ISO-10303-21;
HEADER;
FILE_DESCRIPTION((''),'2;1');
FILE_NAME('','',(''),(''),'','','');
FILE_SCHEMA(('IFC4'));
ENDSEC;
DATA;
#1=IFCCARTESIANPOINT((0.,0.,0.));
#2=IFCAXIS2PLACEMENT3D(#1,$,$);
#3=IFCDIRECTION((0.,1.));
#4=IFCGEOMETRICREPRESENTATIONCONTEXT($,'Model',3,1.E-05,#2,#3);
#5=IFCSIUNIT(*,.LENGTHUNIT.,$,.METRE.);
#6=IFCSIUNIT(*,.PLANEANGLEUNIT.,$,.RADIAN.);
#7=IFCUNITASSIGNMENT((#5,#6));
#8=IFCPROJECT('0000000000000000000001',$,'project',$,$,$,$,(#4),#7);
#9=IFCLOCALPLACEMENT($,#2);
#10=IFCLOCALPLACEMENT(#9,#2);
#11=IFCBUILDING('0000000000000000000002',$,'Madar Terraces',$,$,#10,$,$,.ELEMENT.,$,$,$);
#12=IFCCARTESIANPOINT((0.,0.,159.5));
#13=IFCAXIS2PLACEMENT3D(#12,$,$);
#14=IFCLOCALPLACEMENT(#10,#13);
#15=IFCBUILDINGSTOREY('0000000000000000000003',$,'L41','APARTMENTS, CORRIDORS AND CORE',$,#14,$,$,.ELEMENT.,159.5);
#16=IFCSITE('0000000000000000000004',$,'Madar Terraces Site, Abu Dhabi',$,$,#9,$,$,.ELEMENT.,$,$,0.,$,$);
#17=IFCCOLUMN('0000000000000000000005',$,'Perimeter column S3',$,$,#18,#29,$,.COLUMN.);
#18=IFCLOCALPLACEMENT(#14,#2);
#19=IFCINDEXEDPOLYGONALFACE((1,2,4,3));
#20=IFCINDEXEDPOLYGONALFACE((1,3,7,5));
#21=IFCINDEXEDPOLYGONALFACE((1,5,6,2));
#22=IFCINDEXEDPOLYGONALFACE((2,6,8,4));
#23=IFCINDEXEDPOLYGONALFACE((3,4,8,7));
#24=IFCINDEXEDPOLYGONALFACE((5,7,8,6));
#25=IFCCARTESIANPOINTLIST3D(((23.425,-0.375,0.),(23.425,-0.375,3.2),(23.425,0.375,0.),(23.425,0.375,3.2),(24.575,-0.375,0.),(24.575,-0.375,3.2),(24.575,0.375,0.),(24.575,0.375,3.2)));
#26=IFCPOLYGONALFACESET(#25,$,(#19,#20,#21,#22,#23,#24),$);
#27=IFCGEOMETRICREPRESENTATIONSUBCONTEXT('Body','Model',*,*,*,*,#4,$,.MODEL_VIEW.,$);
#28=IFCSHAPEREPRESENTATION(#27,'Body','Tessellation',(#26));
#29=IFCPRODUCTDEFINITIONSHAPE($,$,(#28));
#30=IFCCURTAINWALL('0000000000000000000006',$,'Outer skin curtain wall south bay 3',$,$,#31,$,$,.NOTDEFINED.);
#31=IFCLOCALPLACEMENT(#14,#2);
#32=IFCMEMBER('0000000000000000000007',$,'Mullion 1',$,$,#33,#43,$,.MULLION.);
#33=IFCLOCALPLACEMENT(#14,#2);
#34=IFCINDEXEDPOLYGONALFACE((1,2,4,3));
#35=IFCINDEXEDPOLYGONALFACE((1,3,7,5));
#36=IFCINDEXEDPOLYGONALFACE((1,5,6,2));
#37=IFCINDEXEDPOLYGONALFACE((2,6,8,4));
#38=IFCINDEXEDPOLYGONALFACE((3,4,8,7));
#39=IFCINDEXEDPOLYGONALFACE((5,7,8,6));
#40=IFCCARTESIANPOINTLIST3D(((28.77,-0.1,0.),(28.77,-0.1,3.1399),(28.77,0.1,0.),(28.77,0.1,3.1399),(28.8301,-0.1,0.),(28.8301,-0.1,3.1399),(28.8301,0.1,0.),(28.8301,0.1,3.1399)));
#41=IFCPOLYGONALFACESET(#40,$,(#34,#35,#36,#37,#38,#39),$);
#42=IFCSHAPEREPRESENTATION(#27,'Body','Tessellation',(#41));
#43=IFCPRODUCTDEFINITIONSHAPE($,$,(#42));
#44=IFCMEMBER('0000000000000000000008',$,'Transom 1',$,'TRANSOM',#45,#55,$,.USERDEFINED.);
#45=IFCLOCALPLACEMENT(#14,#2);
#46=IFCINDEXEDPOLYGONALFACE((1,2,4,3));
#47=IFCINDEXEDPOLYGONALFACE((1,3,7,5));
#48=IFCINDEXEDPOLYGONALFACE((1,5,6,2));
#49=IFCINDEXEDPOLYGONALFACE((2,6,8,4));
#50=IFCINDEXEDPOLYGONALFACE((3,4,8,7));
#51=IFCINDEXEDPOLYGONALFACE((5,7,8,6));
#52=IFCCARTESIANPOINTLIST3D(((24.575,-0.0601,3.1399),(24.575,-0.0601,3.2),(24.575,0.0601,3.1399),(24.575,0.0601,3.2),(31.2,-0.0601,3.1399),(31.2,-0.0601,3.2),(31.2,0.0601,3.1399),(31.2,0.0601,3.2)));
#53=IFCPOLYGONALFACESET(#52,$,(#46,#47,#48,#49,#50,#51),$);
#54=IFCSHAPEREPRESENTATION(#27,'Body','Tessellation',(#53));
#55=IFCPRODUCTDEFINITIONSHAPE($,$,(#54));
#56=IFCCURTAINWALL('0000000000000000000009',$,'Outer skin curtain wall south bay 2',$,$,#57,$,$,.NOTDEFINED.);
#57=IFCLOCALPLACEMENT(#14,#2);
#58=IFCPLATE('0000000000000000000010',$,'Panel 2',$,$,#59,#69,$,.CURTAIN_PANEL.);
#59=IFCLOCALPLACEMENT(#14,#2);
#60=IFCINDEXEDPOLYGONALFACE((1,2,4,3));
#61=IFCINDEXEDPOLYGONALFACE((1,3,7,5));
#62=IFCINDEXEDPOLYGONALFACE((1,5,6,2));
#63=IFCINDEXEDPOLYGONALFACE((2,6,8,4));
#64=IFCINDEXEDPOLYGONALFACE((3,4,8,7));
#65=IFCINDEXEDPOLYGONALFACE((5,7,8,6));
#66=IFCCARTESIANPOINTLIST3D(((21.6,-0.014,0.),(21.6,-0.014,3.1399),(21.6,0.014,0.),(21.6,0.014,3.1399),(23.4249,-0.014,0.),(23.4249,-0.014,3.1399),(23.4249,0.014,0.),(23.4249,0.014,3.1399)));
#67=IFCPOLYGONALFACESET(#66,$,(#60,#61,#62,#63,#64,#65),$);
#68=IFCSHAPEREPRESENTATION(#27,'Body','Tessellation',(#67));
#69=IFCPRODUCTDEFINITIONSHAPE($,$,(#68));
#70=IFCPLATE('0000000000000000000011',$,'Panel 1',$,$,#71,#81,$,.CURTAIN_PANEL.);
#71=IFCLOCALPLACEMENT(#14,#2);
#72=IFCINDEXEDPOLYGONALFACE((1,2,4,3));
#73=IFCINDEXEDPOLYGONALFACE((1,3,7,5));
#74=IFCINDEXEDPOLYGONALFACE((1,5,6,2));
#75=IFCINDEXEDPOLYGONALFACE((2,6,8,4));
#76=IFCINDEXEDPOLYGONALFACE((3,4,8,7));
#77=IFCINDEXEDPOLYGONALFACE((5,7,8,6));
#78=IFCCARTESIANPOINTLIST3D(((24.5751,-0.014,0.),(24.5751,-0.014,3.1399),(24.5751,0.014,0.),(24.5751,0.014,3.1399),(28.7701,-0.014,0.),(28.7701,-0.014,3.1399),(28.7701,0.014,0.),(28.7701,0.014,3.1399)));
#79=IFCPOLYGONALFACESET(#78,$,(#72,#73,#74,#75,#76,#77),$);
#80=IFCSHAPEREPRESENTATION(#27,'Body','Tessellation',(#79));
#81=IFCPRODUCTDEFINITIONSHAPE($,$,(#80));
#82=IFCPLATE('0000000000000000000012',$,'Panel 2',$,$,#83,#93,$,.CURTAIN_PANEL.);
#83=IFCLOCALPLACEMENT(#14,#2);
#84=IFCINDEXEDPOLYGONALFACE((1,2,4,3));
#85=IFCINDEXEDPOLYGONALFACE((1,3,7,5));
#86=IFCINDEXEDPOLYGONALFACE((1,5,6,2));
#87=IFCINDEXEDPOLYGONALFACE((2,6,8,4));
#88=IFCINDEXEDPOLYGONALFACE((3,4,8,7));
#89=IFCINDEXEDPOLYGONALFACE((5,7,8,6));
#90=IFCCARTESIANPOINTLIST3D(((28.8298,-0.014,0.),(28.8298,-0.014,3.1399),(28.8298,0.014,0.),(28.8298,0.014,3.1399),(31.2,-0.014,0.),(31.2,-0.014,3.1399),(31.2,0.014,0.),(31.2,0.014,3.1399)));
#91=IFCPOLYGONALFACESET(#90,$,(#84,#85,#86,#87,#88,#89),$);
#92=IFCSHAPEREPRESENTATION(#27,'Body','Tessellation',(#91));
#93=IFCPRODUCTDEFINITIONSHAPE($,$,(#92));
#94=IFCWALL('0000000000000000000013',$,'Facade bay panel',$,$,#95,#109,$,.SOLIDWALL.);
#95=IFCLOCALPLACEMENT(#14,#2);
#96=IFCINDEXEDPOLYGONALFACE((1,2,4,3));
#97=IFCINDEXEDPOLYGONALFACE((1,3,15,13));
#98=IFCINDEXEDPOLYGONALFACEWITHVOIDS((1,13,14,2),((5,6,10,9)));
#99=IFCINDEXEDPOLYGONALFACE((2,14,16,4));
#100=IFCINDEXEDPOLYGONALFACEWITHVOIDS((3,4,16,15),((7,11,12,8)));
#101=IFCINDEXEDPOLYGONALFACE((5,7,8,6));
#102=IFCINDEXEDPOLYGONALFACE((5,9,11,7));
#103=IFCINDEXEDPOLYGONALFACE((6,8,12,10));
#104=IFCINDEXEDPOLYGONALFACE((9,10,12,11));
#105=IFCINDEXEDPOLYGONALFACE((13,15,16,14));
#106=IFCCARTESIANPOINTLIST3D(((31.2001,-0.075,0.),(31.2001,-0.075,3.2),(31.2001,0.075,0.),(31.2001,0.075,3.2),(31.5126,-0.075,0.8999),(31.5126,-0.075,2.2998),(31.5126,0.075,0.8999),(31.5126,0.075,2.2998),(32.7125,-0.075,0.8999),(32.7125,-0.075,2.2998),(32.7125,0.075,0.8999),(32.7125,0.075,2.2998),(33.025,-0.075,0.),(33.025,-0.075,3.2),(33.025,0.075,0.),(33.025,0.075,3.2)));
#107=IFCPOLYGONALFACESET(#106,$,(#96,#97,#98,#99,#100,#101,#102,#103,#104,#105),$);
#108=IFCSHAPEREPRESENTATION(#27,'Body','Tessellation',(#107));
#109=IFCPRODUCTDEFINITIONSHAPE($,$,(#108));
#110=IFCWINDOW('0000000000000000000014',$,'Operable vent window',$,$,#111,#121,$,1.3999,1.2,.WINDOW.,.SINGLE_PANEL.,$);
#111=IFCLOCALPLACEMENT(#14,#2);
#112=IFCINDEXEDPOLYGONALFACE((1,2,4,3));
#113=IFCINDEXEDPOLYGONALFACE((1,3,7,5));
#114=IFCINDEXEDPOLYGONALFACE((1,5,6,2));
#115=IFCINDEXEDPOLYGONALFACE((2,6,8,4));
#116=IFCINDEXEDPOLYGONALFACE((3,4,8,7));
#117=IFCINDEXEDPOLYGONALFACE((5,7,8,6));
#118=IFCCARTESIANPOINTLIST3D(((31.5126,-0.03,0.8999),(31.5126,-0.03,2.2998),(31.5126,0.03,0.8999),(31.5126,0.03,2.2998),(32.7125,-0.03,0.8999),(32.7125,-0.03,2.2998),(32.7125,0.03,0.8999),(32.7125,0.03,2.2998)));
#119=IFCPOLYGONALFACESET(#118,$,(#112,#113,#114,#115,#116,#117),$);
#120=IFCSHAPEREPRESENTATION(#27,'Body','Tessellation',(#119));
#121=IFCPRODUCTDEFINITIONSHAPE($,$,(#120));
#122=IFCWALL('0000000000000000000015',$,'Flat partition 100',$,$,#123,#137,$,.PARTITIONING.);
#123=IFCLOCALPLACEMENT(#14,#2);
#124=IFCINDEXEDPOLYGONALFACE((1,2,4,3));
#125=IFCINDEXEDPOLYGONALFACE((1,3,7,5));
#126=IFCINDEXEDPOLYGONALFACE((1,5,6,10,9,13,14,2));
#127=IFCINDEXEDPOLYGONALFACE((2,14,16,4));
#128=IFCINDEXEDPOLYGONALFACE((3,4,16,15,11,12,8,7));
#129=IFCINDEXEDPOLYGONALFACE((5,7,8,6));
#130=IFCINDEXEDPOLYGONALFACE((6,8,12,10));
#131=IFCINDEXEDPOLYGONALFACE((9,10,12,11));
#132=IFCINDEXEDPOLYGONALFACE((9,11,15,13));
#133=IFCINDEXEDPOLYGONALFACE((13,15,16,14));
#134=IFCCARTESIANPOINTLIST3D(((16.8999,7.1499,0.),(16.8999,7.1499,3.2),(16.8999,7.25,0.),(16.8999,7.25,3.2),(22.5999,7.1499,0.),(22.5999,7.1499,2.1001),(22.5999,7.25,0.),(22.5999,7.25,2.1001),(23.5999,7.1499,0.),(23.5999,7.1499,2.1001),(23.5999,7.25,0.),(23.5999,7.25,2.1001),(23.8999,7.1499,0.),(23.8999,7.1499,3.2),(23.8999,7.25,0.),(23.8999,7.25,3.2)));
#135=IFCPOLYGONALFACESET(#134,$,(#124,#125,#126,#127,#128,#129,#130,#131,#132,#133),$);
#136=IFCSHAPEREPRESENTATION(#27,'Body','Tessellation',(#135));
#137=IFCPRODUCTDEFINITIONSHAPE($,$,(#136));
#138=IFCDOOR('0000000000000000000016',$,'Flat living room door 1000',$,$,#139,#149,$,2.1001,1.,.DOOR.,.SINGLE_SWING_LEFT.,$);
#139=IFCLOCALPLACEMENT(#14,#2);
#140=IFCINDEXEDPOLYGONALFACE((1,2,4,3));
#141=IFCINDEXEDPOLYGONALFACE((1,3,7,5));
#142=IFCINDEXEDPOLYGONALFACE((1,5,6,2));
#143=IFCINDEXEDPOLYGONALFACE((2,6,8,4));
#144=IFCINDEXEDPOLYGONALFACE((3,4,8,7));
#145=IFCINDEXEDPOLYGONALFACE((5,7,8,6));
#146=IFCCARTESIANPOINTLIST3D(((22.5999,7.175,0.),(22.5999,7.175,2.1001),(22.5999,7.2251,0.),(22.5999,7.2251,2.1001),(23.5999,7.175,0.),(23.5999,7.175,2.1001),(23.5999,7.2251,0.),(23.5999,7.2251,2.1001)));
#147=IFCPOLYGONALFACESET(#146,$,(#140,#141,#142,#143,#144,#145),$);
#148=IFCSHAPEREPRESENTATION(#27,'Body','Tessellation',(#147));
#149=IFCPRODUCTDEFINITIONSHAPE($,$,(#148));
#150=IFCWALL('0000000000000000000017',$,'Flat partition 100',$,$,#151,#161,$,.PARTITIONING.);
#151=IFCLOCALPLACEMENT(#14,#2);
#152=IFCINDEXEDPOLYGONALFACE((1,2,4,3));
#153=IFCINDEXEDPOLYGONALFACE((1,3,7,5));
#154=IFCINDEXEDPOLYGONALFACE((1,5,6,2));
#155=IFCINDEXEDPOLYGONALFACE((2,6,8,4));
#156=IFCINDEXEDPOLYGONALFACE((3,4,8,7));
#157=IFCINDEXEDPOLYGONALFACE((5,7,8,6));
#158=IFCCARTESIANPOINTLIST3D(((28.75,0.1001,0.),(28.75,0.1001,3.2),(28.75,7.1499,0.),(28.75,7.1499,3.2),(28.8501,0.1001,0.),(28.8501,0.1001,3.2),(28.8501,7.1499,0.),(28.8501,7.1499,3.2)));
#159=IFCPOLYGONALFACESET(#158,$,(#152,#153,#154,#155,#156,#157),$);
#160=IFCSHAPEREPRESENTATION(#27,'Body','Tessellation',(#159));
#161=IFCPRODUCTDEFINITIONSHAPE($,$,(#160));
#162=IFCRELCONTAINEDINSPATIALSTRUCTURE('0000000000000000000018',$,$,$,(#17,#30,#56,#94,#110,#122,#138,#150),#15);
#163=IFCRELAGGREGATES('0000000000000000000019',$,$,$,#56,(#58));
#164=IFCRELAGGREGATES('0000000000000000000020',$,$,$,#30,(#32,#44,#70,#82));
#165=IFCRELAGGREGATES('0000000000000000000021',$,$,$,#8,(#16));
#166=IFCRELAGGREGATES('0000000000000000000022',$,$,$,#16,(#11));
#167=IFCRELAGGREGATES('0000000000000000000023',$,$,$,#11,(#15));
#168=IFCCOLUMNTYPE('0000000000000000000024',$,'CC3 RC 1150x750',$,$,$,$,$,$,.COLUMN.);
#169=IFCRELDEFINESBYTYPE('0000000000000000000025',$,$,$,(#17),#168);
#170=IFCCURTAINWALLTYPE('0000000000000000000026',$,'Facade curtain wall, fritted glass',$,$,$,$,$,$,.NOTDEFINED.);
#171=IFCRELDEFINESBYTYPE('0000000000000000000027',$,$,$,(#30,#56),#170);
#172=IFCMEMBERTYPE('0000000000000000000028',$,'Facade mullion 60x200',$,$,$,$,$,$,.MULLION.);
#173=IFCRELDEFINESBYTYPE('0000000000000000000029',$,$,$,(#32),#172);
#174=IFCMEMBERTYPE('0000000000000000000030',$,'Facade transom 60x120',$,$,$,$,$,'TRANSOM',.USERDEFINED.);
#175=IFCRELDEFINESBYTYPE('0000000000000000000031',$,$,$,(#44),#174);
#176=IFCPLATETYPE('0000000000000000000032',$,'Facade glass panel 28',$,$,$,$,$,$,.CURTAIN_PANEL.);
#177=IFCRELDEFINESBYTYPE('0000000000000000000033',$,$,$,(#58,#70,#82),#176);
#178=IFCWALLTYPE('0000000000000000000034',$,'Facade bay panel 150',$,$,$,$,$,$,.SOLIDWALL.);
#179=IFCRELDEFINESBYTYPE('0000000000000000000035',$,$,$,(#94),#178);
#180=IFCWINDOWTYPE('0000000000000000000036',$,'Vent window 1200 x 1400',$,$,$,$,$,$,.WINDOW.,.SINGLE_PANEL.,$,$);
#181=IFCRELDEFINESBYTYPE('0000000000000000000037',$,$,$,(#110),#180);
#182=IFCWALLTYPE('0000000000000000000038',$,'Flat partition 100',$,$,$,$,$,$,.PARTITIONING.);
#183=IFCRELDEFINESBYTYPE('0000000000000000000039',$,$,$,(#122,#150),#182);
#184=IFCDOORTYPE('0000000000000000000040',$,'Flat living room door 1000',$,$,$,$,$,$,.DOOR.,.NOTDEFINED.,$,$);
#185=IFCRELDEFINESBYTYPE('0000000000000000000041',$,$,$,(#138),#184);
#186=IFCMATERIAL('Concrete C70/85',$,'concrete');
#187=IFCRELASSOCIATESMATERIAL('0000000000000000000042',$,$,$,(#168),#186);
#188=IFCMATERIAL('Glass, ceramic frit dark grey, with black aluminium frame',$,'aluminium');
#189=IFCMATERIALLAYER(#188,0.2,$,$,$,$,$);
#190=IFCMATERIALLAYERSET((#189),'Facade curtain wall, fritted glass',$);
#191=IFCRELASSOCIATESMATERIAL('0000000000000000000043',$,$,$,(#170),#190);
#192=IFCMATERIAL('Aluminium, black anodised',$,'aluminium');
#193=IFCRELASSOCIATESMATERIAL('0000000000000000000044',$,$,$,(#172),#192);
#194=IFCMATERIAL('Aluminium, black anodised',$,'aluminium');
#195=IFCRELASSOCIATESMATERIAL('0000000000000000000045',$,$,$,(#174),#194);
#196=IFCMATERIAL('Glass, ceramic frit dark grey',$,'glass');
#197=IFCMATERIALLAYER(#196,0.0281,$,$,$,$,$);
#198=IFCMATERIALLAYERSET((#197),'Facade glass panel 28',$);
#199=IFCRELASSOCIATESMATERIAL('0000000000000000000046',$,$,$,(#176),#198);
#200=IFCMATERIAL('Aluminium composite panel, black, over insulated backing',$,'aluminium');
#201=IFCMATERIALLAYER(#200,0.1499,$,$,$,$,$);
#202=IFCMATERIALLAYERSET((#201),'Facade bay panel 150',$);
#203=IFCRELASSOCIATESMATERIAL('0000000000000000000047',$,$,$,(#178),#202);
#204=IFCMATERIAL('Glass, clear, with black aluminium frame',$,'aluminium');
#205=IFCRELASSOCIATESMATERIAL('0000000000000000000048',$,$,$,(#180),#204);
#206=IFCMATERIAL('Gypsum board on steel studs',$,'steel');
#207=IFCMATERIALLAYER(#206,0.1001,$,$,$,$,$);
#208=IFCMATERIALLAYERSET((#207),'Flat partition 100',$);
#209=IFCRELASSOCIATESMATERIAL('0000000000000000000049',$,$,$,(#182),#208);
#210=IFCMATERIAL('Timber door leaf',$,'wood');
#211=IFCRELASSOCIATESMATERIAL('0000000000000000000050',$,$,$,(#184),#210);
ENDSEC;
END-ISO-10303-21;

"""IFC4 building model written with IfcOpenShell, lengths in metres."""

from ifc_helpers import new_model, si_unit, direction, frame, frame_2d, origin, origin_2d, place, context, subcontext, project, spatial, rectangle, extrude, material, layer, layer_set, material_profile, profile_set, type_object, element, fill, aggregate, save


model = new_model("IFC4")

# Units and contexts
model_context = context("Model", 3, precision=1e-05, world=origin(), true_north=direction((0.0, 1.0)))
body_context = subcontext(model_context, "Body", "Model", "MODEL_VIEW")
ifc_project = project(units=[si_unit("LENGTHUNIT", "METRE"), si_unit("PLANEANGLEUNIT", "RADIAN")], contexts=[model_context])

# Site, building, storey
site_placement = place(None, origin())
site = spatial("IfcSite", under=ifc_project, at=site_placement, Name="Madar Terraces Site, Abu Dhabi", CompositionType="ELEMENT", RefElevation=0.0)
building_placement = place(site_placement, origin())
building = spatial("IfcBuilding", under=site, at=building_placement, Name="Madar Terraces", CompositionType="ELEMENT")
storey_placement = place(building_placement, frame((0.0, 0.0, 159.5)))
storey = spatial("IfcBuildingStorey", under=building, at=storey_placement, Name="L41", Description="APARTMENTS, CORRIDORS AND CORE", CompositionType="ELEMENT", Elevation=159.5)

# Column
ifc_material_1 = material(Name="Concrete C70/85", Category="concrete")
ifc_material_profile_1 = material_profile(ifc_material_1, rectangle(XDim=1.1499, YDim=0.75, at=origin_2d()), Name="CC3 RC 1150x750")
ifc_profile_set_1 = profile_set([ifc_material_profile_1], Name="Concrete C70/85")
column_type = type_object("IfcColumnType", Name="CC3 RC 1150x750", PredefinedType="COLUMN", material=ifc_profile_set_1)
column_placement = place(storey_placement, frame((24.0, 0.0, 0.0), z_axis=(0.0, 0.0, 1.0), x_axis=(1.0, 0.0, 0.0)))
element("IfcColumn", 1, at=column_placement, inside=storey, type_object=column_type, Name="Perimeter column S3", PredefinedType="COLUMN", context=body_context, shape_type="SweptSolid", body=[
    extrude(rectangle(XDim=1.1499, YDim=0.75, at=origin_2d()), origin(), (0.0, 0.0, 1.0), 3.2),
])

# Curtain wall, members
ifc_material_2 = material(Name="Glass, ceramic frit dark grey, with black aluminium frame", Category="aluminium")
ifc_layer_1 = layer(ifc_material_2, 0.2)
ifc_layer_set_1 = layer_set([ifc_layer_1], Name="Facade curtain wall, fritted glass")
curtain_wall_type = type_object("IfcCurtainWallType", Name="Facade curtain wall, fritted glass", PredefinedType="NOTDEFINED", material=ifc_layer_set_1)
curtain_wall_1_placement = place(storey_placement, origin())
curtain_wall_1 = element("IfcCurtainWall", 2, at=curtain_wall_1_placement, inside=storey, type_object=curtain_wall_type, Name="Outer skin curtain wall south bay 3", PredefinedType="NOTDEFINED")
ifc_material_3 = material(Name="Aluminium, black anodised", Category="aluminium")
ifc_material_profile_2 = material_profile(ifc_material_3, rectangle(XDim=0.2, YDim=0.0601, at=origin_2d()), Name="Facade mullion 60x200")
ifc_profile_set_2 = profile_set([ifc_material_profile_2], Name="Aluminium, black anodised")
member_type_1 = type_object("IfcMemberType", Name="Facade mullion 60x200", PredefinedType="MULLION", material=ifc_profile_set_2)
member_1_placement = place(storey_placement, frame((28.8, 0.0, 0.0), z_axis=(0.0, 0.0, 1.0), x_axis=(0.0, 1.0, 0.0)))
member_1 = element("IfcMember", 3, at=member_1_placement, type_object=member_type_1, Name="Mullion 1", PredefinedType="MULLION", context=body_context, shape_type="SweptSolid", body=[
    extrude(rectangle(XDim=0.2, YDim=0.0601, at=origin_2d()), origin(), (0.0, 0.0, 1.0), 3.1399),
])
ifc_material_4 = material(Name="Aluminium, black anodised", Category="aluminium")
ifc_material_profile_3 = material_profile(ifc_material_4, rectangle(XDim=0.1201, YDim=0.0601, at=origin_2d()), Name="Facade transom 60x120")
ifc_profile_set_3 = profile_set([ifc_material_profile_3], Name="Aluminium, black anodised")
member_type_2 = type_object("IfcMemberType", Name="Facade transom 60x120", ElementType="TRANSOM", PredefinedType="USERDEFINED", material=ifc_profile_set_3)
member_2_placement = place(storey_placement, frame((24.575, 0.0, 3.1699), z_axis=(1.0, 0.0, 0.0), x_axis=(0.0, 1.0, 0.0)))
member_2 = element("IfcMember", 4, at=member_2_placement, type_object=member_type_2, Name="Transom 1", ObjectType="TRANSOM", PredefinedType="USERDEFINED", context=body_context, shape_type="SweptSolid", body=[
    extrude(rectangle(XDim=0.1201, YDim=0.0601, at=origin_2d()), origin(), (0.0, 0.0, 1.0), 6.625),
])

# Curtain wall, plate
curtain_wall_2_placement = place(storey_placement, origin())
curtain_wall_2 = element("IfcCurtainWall", 5, at=curtain_wall_2_placement, inside=storey, type_object=curtain_wall_type, Name="Outer skin curtain wall south bay 2", PredefinedType="NOTDEFINED")
ifc_material_5 = material(Name="Glass, ceramic frit dark grey", Category="glass")
ifc_layer_2 = layer(ifc_material_5, 0.0281)
ifc_layer_set_2 = layer_set([ifc_layer_2], Name="Facade glass panel 28")
plate_type = type_object("IfcPlateType", Name="Facade glass panel 28", PredefinedType="CURTAIN_PANEL", material=ifc_layer_set_2)
plate_1_placement = place(storey_placement, frame((22.5125, 0.0, 0.0), z_axis=(0.0, 0.0, 1.0), x_axis=(1.0, 0.0, 0.0)))
plate_1 = element("IfcPlate", 6, at=plate_1_placement, type_object=plate_type, Name="Panel 2", PredefinedType="CURTAIN_PANEL", context=body_context, shape_type="SweptSolid", body=[
    extrude(rectangle(XDim=1.825, YDim=0.0281, at=origin_2d()), origin(), (0.0, 0.0, 1.0), 3.1399),
])
aggregate(curtain_wall_2, [plate_1])

# Plates
plate_2_placement = place(storey_placement, frame((26.6726, 0.0, 0.0), z_axis=(0.0, 0.0, 1.0), x_axis=(1.0, 0.0, 0.0)))
plate_2 = element("IfcPlate", 7, at=plate_2_placement, type_object=plate_type, Name="Panel 1", PredefinedType="CURTAIN_PANEL", context=body_context, shape_type="SweptSolid", body=[
    extrude(rectangle(XDim=4.1951, YDim=0.0281, at=origin_2d()), origin(), (0.0, 0.0, 1.0), 3.1399),
])
plate_3_placement = place(storey_placement, frame((30.0149, 0.0, 0.0), z_axis=(0.0, 0.0, 1.0), x_axis=(1.0, 0.0, 0.0)))
plate_3 = element("IfcPlate", 8, at=plate_3_placement, type_object=plate_type, Name="Panel 2", PredefinedType="CURTAIN_PANEL", context=body_context, shape_type="SweptSolid", body=[
    extrude(rectangle(XDim=2.3701, YDim=0.0281, at=origin_2d()), origin(), (0.0, 0.0, 1.0), 3.1399),
])
aggregate(curtain_wall_1, [member_1, member_2, plate_2, plate_3])

# Wall, opening, window
ifc_material_6 = material(Name="Aluminium composite panel, black, over insulated backing", Category="aluminium")
ifc_layer_3 = layer(ifc_material_6, 0.1499)
ifc_layer_set_3 = layer_set([ifc_layer_3], Name="Facade bay panel 150")
wall_type_1 = type_object("IfcWallType", Name="Facade bay panel 150", PredefinedType="SOLIDWALL", material=ifc_layer_set_3)
wall_1_placement = place(storey_placement, frame((31.2, 0.0, 0.0), z_axis=(0.0, 0.0, 1.0), x_axis=(1.0, 0.0, 0.0)))
wall_1 = element("IfcWall", 9, at=wall_1_placement, inside=storey, type_object=wall_type_1, Name="Facade bay panel", PredefinedType="SOLIDWALL", context=body_context, shape_type="SweptSolid", body=[
    extrude(rectangle(XDim=1.825, YDim=0.1499, at=frame_2d((0.9126, 0.0))), origin(), (0.0, 0.0, 1.0), 3.2),
])
opening_1_placement = place(wall_1_placement, frame((0.3125, 0.0, 0.8999)))
opening_1 = element("IfcOpeningElement", 10, at=opening_1_placement, cuts=wall_1, PredefinedType="OPENING", context=body_context, shape_type="SweptSolid", body=[
    extrude(rectangle(XDim=1.2, YDim=1.3999, at=frame_2d((0.6001, 0.7))), frame((0.0, 0.085, 0.0), z_axis=(0.0, -1.0, 0.0), x_axis=(1.0, 0.0, 0.0)), (0.0, 0.0, 1.0), 0.1699),
])
ifc_material_7 = material(Name="Glass, clear, with black aluminium frame", Category="aluminium")
window_type = type_object("IfcWindowType", Name="Vent window 1200 x 1400", PartitioningType="SINGLE_PANEL", PredefinedType="WINDOW", material=ifc_material_7)
window_placement = place(opening_1_placement, origin())
window = element("IfcWindow", 11, at=window_placement, inside=storey, type_object=window_type, Name="Operable vent window", OverallHeight=1.3999, OverallWidth=1.2, PartitioningType="SINGLE_PANEL", PredefinedType="WINDOW", context=body_context, shape_type="SweptSolid", body=[
    extrude(rectangle(XDim=1.2, YDim=1.3999, at=frame_2d((0.6001, 0.7))), frame((0.0, 0.03, 0.0), z_axis=(0.0, -1.0, 0.0), x_axis=(1.0, 0.0, 0.0)), (0.0, 0.0, 1.0), 0.0601),
])
fill(opening_1, window)

# Wall, opening, door
ifc_material_8 = material(Name="Gypsum board on steel studs", Category="steel")
ifc_layer_4 = layer(ifc_material_8, 0.1001)
ifc_layer_set_4 = layer_set([ifc_layer_4], Name="Flat partition 100")
wall_type_2 = type_object("IfcWallType", Name="Flat partition 100", PredefinedType="PARTITIONING", material=ifc_layer_set_4)
wall_2_placement = place(storey_placement, frame((23.8999, 7.2, 0.0), z_axis=(0.0, 0.0, 1.0), x_axis=(-1.0, 0.0, 0.0)))
wall_2 = element("IfcWall", 12, at=wall_2_placement, inside=storey, type_object=wall_type_2, Name="Flat partition 100", PredefinedType="PARTITIONING", context=body_context, shape_type="SweptSolid", body=[
    extrude(rectangle(XDim=7.0, YDim=0.1001, at=frame_2d((3.5, 0.0))), origin(), (0.0, 0.0, 1.0), 3.2),
])
opening_2_placement = place(wall_2_placement, frame((0.3, 0.0, 0.0)))
opening_2 = element("IfcOpeningElement", 13, at=opening_2_placement, cuts=wall_2, PredefinedType="OPENING", context=body_context, shape_type="SweptSolid", body=[
    extrude(rectangle(XDim=1.0, YDim=2.1001, at=frame_2d((0.5, 1.05))), frame((0.0, 0.0601, 0.0), z_axis=(0.0, -1.0, 0.0), x_axis=(1.0, 0.0, 0.0)), (0.0, 0.0, 1.0), 0.1201),
])
ifc_material_9 = material(Name="Timber door leaf", Category="wood")
door_type_1 = type_object("IfcDoorType", Name="Flat living room door 1000", OperationType="NOTDEFINED", PredefinedType="DOOR", material=ifc_material_9)
door_1_placement = place(opening_2_placement, origin())
door_1 = element("IfcDoor", 14, at=door_1_placement, inside=storey, type_object=door_type_1, Name="Flat living room door 1000", OperationType="SINGLE_SWING_LEFT", OverallHeight=2.1001, OverallWidth=1.0, PredefinedType="DOOR", context=body_context, shape_type="SweptSolid", body=[
    extrude(rectangle(XDim=1.0, YDim=2.1001, at=frame_2d((0.5, 1.05))), frame((0.0, 0.0249, 0.0), z_axis=(0.0, -1.0, 0.0), x_axis=(1.0, 0.0, 0.0)), (0.0, 0.0, 1.0), 0.05),
])
fill(opening_2, door_1)

# Wall
wall_3_placement = place(storey_placement, frame((28.8, 7.1499, 0.0), z_axis=(0.0, 0.0, 1.0), x_axis=(0.0, -1.0, 0.0)))
element("IfcWall", 15, at=wall_3_placement, inside=storey, type_object=wall_type_2, Name="Flat partition 100", PredefinedType="PARTITIONING", context=body_context, shape_type="SweptSolid", body=[
    extrude(rectangle(XDim=7.0498, YDim=0.1001, at=frame_2d((3.5249, 0.0))), origin(), (0.0, 0.0, 1.0), 3.2),
])

save(model, "model.ifc")
